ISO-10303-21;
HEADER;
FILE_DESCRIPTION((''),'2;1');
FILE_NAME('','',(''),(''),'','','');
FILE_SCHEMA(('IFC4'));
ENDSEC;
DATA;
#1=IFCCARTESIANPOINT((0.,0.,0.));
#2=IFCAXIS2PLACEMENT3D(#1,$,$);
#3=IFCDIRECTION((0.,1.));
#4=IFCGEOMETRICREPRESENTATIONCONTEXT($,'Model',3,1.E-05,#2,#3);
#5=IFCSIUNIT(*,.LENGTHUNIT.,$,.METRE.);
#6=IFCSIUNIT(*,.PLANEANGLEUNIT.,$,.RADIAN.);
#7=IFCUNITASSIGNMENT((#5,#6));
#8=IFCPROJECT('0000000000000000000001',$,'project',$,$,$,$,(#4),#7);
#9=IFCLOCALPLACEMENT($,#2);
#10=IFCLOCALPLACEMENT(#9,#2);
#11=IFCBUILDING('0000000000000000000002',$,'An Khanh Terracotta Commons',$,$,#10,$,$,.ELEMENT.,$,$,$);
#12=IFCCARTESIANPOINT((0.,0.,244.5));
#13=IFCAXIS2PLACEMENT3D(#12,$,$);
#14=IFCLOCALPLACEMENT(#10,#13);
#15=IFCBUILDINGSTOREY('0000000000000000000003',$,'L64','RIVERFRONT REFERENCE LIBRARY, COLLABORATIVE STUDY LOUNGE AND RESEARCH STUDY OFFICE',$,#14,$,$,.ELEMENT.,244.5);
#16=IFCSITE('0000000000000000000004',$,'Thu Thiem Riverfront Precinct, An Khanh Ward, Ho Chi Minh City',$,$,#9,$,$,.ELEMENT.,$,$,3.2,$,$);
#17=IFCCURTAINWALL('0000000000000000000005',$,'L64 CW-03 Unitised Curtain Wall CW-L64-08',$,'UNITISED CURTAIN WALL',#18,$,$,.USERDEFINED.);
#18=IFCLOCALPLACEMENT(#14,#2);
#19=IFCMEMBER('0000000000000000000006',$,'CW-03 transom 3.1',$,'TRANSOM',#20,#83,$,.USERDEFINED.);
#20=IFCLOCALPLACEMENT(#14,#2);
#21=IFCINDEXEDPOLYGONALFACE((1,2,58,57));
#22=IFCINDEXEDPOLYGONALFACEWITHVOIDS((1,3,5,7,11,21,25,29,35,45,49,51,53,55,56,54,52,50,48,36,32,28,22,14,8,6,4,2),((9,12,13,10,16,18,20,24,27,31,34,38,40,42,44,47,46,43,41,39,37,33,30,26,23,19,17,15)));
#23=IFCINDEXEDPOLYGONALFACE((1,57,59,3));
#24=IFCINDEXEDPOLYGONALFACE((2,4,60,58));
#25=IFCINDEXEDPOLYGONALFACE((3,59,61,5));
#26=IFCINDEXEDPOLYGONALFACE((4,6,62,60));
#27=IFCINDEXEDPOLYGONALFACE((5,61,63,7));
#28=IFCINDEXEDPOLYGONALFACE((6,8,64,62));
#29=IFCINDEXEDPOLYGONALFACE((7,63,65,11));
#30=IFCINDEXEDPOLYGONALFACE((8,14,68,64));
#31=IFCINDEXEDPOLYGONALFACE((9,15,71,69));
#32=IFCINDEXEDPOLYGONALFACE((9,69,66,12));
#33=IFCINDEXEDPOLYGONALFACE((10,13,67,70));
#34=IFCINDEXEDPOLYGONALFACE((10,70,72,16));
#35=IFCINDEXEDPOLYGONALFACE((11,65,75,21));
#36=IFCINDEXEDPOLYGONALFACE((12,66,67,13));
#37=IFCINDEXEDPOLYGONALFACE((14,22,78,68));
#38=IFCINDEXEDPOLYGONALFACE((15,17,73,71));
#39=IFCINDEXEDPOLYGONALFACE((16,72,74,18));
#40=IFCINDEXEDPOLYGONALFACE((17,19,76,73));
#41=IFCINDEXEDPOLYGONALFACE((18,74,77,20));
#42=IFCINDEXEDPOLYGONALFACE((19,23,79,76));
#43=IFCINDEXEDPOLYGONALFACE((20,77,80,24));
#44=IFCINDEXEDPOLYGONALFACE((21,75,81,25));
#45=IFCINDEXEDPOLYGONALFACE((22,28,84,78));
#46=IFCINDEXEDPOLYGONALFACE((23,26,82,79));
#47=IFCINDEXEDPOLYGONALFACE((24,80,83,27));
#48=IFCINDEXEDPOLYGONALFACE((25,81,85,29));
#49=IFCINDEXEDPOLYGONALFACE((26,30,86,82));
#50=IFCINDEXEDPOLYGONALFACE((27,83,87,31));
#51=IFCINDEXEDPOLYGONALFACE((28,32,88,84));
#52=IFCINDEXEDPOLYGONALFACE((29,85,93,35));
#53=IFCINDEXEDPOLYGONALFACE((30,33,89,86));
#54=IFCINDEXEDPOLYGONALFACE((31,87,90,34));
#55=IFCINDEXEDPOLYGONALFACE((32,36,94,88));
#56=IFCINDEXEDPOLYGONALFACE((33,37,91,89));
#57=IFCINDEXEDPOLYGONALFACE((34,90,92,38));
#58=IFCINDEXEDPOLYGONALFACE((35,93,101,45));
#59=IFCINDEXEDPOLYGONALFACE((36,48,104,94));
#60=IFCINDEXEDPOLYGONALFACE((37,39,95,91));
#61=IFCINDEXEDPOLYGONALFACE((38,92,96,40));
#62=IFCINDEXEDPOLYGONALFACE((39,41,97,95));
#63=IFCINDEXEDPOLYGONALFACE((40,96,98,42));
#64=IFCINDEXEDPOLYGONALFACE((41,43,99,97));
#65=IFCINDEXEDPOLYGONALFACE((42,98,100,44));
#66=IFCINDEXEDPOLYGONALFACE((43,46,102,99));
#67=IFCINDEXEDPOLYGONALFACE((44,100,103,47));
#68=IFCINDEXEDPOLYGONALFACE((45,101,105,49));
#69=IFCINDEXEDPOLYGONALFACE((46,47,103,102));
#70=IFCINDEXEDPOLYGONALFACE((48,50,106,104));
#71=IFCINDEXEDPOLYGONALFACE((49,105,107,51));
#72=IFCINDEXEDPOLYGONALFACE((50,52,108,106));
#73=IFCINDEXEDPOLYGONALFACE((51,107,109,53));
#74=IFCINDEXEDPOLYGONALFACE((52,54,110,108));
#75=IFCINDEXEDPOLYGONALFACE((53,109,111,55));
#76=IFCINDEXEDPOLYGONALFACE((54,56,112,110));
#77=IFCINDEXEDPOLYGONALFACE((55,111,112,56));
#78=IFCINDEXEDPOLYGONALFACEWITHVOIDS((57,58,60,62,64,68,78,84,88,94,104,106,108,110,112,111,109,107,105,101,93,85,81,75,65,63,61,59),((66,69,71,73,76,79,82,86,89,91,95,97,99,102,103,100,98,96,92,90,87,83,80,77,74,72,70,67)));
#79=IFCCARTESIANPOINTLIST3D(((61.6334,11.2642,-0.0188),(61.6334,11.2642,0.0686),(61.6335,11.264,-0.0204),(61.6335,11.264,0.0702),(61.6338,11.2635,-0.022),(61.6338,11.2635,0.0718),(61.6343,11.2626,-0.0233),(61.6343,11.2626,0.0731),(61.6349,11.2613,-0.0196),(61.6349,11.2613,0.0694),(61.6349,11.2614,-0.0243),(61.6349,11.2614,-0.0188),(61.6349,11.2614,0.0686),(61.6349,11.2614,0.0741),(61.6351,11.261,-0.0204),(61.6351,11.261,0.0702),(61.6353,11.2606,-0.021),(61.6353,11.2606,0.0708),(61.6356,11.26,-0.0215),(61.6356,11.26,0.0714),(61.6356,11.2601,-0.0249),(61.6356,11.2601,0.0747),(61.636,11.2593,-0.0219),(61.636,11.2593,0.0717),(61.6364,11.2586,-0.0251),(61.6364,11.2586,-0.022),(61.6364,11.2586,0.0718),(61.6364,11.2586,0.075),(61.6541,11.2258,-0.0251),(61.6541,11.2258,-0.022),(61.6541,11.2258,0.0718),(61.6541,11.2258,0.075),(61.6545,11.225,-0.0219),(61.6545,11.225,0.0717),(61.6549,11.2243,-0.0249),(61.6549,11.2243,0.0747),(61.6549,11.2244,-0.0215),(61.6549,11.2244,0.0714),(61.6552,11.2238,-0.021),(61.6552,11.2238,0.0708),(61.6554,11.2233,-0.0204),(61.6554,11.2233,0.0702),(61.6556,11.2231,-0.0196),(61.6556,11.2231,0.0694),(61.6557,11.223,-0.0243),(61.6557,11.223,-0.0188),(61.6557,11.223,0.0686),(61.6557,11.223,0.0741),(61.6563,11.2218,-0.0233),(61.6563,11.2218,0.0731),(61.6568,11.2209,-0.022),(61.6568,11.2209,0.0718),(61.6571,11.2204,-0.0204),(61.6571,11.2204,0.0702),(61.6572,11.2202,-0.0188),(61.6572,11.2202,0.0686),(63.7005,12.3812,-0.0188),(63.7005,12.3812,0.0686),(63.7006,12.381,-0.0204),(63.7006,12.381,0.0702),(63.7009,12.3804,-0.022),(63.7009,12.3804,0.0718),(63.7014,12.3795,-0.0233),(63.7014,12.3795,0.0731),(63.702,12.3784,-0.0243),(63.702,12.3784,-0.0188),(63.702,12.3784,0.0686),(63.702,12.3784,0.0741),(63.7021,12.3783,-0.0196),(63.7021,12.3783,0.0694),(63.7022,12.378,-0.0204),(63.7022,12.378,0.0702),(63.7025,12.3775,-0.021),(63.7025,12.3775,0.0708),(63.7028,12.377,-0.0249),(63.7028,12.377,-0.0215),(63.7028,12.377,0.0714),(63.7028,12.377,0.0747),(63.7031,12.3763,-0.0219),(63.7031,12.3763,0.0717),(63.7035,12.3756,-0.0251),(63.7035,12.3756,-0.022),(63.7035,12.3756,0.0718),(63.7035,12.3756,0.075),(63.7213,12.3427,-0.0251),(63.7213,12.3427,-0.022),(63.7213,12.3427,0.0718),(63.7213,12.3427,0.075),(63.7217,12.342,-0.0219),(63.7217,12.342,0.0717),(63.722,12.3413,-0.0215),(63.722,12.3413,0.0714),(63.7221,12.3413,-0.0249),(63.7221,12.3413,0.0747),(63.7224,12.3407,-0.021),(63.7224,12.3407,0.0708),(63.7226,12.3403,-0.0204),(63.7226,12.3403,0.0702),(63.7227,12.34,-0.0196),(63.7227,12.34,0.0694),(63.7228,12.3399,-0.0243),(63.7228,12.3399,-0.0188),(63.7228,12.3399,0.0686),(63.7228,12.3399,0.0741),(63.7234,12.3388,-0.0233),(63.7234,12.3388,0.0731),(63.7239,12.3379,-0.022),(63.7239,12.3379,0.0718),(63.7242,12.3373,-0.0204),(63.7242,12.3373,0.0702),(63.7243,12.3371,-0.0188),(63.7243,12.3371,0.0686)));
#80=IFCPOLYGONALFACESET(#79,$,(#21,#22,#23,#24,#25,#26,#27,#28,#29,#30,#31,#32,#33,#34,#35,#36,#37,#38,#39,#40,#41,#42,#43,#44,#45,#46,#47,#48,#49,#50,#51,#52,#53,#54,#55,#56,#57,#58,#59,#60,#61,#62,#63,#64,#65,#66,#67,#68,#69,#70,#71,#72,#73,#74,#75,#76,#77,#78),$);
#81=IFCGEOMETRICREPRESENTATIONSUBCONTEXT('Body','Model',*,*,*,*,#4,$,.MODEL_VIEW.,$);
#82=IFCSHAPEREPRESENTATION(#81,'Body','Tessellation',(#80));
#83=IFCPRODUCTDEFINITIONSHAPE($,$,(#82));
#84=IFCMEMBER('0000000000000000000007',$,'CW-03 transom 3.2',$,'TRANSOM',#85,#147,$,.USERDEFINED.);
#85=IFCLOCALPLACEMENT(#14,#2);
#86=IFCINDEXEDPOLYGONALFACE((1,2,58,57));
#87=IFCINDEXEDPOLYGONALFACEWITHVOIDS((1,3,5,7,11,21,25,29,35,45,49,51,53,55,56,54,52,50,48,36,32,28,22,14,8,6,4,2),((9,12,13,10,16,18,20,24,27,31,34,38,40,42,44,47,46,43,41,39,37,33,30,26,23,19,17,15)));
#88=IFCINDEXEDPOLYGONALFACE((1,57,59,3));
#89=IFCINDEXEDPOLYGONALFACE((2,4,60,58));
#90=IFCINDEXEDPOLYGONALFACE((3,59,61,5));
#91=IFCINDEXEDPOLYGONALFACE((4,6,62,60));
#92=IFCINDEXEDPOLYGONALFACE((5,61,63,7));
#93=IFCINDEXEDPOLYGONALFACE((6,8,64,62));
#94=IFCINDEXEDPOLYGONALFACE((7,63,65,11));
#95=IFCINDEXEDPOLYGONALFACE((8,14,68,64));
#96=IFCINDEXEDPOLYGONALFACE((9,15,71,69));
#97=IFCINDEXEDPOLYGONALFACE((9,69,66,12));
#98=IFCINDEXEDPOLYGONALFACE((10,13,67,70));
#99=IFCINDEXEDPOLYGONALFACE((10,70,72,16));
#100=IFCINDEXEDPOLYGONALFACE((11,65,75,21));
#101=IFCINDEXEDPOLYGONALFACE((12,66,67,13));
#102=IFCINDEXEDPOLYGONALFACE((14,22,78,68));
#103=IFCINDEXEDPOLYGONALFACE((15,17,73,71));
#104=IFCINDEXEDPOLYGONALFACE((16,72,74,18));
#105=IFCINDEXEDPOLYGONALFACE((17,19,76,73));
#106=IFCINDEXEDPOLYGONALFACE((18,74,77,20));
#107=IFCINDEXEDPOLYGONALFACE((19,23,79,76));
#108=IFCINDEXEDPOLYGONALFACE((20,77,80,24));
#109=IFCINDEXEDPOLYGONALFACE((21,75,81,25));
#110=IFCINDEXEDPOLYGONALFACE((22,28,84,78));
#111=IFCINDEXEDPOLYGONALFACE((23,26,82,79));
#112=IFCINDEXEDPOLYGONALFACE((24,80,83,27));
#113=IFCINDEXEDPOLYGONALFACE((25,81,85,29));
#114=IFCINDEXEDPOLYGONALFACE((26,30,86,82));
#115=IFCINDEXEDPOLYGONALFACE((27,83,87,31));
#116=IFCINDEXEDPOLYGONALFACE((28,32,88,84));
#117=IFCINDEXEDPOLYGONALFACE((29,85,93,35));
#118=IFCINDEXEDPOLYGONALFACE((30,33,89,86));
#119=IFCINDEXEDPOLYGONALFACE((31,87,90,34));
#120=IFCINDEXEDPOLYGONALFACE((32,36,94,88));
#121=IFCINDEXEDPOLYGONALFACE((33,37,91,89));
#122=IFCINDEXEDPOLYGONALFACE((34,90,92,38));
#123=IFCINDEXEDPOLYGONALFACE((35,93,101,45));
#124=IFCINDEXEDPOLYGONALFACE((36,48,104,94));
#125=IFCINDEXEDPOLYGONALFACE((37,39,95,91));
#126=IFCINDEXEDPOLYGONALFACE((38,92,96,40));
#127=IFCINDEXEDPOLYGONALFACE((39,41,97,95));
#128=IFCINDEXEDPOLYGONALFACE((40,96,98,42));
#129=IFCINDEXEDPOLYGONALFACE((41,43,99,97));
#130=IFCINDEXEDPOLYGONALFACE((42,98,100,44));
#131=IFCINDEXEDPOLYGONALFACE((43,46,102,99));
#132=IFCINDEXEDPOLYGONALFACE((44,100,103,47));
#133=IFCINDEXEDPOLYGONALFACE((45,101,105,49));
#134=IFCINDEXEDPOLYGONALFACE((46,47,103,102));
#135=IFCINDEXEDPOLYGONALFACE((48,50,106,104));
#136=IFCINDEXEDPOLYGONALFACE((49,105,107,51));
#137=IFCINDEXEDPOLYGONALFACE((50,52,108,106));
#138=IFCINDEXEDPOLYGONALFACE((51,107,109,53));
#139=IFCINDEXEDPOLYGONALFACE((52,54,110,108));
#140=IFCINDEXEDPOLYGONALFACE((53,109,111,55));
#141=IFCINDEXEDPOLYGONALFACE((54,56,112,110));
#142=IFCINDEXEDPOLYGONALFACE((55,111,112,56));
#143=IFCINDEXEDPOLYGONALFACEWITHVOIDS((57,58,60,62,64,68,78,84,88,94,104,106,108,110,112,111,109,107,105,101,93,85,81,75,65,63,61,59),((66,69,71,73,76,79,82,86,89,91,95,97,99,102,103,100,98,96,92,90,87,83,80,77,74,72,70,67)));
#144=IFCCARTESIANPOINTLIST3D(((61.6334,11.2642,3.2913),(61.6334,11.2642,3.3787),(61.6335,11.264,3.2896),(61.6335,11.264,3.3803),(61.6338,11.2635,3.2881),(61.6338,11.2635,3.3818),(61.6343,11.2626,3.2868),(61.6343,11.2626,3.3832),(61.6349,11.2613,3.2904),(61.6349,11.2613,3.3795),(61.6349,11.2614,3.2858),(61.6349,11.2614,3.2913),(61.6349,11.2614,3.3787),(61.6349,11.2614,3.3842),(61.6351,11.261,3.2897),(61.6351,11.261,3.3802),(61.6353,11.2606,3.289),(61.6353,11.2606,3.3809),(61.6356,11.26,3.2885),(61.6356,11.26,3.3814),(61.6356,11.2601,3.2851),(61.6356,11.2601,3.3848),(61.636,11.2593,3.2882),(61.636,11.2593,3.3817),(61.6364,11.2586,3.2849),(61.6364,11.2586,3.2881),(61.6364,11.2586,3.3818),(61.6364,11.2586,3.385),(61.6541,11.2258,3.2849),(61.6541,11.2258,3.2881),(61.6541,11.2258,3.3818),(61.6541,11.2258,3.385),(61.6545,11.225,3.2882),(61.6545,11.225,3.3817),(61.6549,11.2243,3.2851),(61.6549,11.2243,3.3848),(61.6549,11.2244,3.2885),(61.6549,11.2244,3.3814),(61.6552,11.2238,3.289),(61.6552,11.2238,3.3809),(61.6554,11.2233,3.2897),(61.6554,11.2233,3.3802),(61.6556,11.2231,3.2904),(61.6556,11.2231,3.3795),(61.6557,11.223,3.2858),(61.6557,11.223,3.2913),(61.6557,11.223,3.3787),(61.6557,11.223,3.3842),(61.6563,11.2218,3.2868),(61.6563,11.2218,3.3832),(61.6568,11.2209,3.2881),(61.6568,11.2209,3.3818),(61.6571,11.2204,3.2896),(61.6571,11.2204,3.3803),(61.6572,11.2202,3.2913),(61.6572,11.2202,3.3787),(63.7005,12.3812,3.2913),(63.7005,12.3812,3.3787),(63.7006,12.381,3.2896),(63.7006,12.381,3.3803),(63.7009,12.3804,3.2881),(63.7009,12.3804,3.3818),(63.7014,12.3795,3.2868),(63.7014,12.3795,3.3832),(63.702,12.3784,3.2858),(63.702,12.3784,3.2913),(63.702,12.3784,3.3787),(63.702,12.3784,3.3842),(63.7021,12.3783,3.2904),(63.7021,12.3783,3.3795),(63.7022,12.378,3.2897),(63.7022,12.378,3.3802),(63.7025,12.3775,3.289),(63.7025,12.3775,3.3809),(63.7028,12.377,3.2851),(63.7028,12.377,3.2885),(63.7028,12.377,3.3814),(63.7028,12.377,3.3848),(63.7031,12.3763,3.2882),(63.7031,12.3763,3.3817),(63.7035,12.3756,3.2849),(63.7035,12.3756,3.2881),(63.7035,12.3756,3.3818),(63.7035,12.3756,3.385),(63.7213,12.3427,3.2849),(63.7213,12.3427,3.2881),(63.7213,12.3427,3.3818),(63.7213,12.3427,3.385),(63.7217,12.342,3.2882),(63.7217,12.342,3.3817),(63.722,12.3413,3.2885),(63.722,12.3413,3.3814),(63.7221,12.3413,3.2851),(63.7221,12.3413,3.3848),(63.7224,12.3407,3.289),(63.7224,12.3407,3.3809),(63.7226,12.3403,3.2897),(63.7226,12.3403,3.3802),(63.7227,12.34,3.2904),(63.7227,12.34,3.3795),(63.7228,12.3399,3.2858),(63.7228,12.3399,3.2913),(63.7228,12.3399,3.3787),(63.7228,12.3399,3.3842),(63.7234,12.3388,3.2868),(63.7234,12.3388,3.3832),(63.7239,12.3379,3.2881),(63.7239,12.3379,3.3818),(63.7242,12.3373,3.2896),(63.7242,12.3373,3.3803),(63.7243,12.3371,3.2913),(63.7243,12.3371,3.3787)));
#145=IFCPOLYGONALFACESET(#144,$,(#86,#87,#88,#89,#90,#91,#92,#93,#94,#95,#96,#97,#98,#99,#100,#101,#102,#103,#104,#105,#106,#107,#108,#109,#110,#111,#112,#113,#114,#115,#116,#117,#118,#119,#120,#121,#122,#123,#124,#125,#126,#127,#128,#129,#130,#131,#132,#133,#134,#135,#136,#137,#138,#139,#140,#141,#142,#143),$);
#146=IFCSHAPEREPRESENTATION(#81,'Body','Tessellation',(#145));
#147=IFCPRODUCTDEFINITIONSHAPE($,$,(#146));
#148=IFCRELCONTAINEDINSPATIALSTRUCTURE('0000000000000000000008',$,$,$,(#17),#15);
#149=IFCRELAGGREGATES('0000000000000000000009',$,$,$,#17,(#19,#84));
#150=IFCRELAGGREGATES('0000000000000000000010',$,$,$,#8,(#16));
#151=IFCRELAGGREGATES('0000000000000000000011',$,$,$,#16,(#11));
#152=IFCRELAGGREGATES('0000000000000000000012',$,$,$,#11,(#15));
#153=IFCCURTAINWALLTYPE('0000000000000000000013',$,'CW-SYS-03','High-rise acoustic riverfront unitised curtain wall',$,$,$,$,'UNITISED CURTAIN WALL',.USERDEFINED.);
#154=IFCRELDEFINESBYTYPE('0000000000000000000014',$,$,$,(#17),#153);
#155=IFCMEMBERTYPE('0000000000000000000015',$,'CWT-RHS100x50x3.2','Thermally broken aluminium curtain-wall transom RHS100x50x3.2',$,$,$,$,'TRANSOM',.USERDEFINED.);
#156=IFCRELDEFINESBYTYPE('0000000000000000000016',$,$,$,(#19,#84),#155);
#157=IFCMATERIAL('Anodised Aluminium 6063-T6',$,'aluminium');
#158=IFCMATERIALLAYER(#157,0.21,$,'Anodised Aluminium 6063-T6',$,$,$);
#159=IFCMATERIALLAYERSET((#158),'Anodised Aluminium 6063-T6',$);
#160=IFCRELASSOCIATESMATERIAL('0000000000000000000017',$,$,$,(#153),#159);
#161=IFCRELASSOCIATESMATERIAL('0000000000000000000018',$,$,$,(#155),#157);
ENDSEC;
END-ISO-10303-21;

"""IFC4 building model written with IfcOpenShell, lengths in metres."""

from ifc_helpers import new_model, si_unit, direction, frame, origin, origin_2d, place, context, subcontext, project, spatial, hollow_rectangle, extrude, material, layer, layer_set, material_profile, profile_set, type_object, element, aggregate, save


model = new_model("IFC4")

# Units and contexts
model_context = context("Model", 3, precision=1e-05, world=origin(), true_north=direction((0.0, 1.0)))
body_context = subcontext(model_context, "Body", "Model", "MODEL_VIEW")
ifc_project = project(units=[si_unit("LENGTHUNIT", "METRE"), si_unit("PLANEANGLEUNIT", "RADIAN")], contexts=[model_context])

# Site, building, storey
site_placement = place(None, origin())
site = spatial("IfcSite", under=ifc_project, at=site_placement, Name="Thu Thiem Riverfront Precinct, An Khanh Ward, Ho Chi Minh City", CompositionType="ELEMENT", RefElevation=3.2)
building_placement = place(site_placement, origin())
building = spatial("IfcBuilding", under=site, at=building_placement, Name="An Khanh Terracotta Commons", CompositionType="ELEMENT")
storey_placement = place(building_placement, frame((0.0, 0.0, 244.5)))
storey = spatial("IfcBuildingStorey", under=building, at=storey_placement, Name="L64", Description="RIVERFRONT REFERENCE LIBRARY, COLLABORATIVE STUDY LOUNGE AND RESEARCH STUDY OFFICE", CompositionType="ELEMENT", Elevation=244.5)

# Curtain wall
ifc_material_1 = material(Name="Anodised Aluminium 6063-T6", Category="aluminium")
ifc_layer_1 = layer(ifc_material_1, 0.21, Name="Anodised Aluminium 6063-T6")
ifc_layer_set_1 = layer_set([ifc_layer_1], Name="Anodised Aluminium 6063-T6")
curtain_wall_type = type_object("IfcCurtainWallType", Name="CW-SYS-03", Description="High-rise acoustic riverfront unitised curtain wall", ElementType="UNITISED CURTAIN WALL", PredefinedType="USERDEFINED", material=ifc_layer_set_1)
curtain_wall_1_placement = place(storey_placement, origin())
curtain_wall_1 = element("IfcCurtainWall", 1, at=curtain_wall_1_placement, inside=storey, type_object=curtain_wall_type, Name="L64 CW-03 Unitised Curtain Wall CW-L64-08", ObjectType="UNITISED CURTAIN WALL", PredefinedType="USERDEFINED")

# Members
ifc_material_profile_1 = material_profile(ifc_material_1, hollow_rectangle(XDim=0.05, YDim=0.1001, WallThickness=0.0032, InnerFilletRadius=0.0032, OuterFilletRadius=0.0063, at=origin_2d()), Name="RHS100x50x3.2")
ifc_profile_set_1 = profile_set([ifc_material_profile_1], Name="Anodised Aluminium 6063-T6")
member_type_1 = type_object("IfcMemberType", Name="CWT-RHS100x50x3.2", Description="Thermally broken aluminium curtain-wall transom RHS100x50x3.2", ElementType="TRANSOM", PredefinedType="USERDEFINED", material=ifc_profile_set_1)
member_1_placement = place(storey_placement, frame((61.6453, 11.2422, 0.0249), z_axis=(0.879783, 0.475376, 0.0), x_axis=(-0.475376, 0.879783, 0.0)))
member_1 = element("IfcMember", 2, at=member_1_placement, type_object=member_type_1, Name="CW-03 transom 3.1", ObjectType="TRANSOM", PredefinedType="USERDEFINED", context=body_context, shape_type="SweptSolid", body=[
    extrude(hollow_rectangle(XDim=0.05, YDim=0.1001, WallThickness=0.0032, InnerFilletRadius=0.0032, OuterFilletRadius=0.0063, at=origin_2d()), origin(), (0.0, 0.0, 1.0), 2.3496),
])
member_2_placement = place(storey_placement, frame((61.6453, 11.2422, 3.335), z_axis=(0.879783, 0.475376, 0.0), x_axis=(-0.475376, 0.879783, 0.0)))
member_2 = element("IfcMember", 3, at=member_2_placement, type_object=member_type_1, Name="CW-03 transom 3.2", ObjectType="TRANSOM", PredefinedType="USERDEFINED", context=body_context, shape_type="SweptSolid", body=[
    extrude(hollow_rectangle(XDim=0.05, YDim=0.1001, WallThickness=0.0032, InnerFilletRadius=0.0032, OuterFilletRadius=0.0063, at=origin_2d()), origin(), (0.0, 0.0, 1.0), 2.3496),
])

aggregate(curtain_wall_1, [member_1, member_2])

save(model, "model.ifc")
